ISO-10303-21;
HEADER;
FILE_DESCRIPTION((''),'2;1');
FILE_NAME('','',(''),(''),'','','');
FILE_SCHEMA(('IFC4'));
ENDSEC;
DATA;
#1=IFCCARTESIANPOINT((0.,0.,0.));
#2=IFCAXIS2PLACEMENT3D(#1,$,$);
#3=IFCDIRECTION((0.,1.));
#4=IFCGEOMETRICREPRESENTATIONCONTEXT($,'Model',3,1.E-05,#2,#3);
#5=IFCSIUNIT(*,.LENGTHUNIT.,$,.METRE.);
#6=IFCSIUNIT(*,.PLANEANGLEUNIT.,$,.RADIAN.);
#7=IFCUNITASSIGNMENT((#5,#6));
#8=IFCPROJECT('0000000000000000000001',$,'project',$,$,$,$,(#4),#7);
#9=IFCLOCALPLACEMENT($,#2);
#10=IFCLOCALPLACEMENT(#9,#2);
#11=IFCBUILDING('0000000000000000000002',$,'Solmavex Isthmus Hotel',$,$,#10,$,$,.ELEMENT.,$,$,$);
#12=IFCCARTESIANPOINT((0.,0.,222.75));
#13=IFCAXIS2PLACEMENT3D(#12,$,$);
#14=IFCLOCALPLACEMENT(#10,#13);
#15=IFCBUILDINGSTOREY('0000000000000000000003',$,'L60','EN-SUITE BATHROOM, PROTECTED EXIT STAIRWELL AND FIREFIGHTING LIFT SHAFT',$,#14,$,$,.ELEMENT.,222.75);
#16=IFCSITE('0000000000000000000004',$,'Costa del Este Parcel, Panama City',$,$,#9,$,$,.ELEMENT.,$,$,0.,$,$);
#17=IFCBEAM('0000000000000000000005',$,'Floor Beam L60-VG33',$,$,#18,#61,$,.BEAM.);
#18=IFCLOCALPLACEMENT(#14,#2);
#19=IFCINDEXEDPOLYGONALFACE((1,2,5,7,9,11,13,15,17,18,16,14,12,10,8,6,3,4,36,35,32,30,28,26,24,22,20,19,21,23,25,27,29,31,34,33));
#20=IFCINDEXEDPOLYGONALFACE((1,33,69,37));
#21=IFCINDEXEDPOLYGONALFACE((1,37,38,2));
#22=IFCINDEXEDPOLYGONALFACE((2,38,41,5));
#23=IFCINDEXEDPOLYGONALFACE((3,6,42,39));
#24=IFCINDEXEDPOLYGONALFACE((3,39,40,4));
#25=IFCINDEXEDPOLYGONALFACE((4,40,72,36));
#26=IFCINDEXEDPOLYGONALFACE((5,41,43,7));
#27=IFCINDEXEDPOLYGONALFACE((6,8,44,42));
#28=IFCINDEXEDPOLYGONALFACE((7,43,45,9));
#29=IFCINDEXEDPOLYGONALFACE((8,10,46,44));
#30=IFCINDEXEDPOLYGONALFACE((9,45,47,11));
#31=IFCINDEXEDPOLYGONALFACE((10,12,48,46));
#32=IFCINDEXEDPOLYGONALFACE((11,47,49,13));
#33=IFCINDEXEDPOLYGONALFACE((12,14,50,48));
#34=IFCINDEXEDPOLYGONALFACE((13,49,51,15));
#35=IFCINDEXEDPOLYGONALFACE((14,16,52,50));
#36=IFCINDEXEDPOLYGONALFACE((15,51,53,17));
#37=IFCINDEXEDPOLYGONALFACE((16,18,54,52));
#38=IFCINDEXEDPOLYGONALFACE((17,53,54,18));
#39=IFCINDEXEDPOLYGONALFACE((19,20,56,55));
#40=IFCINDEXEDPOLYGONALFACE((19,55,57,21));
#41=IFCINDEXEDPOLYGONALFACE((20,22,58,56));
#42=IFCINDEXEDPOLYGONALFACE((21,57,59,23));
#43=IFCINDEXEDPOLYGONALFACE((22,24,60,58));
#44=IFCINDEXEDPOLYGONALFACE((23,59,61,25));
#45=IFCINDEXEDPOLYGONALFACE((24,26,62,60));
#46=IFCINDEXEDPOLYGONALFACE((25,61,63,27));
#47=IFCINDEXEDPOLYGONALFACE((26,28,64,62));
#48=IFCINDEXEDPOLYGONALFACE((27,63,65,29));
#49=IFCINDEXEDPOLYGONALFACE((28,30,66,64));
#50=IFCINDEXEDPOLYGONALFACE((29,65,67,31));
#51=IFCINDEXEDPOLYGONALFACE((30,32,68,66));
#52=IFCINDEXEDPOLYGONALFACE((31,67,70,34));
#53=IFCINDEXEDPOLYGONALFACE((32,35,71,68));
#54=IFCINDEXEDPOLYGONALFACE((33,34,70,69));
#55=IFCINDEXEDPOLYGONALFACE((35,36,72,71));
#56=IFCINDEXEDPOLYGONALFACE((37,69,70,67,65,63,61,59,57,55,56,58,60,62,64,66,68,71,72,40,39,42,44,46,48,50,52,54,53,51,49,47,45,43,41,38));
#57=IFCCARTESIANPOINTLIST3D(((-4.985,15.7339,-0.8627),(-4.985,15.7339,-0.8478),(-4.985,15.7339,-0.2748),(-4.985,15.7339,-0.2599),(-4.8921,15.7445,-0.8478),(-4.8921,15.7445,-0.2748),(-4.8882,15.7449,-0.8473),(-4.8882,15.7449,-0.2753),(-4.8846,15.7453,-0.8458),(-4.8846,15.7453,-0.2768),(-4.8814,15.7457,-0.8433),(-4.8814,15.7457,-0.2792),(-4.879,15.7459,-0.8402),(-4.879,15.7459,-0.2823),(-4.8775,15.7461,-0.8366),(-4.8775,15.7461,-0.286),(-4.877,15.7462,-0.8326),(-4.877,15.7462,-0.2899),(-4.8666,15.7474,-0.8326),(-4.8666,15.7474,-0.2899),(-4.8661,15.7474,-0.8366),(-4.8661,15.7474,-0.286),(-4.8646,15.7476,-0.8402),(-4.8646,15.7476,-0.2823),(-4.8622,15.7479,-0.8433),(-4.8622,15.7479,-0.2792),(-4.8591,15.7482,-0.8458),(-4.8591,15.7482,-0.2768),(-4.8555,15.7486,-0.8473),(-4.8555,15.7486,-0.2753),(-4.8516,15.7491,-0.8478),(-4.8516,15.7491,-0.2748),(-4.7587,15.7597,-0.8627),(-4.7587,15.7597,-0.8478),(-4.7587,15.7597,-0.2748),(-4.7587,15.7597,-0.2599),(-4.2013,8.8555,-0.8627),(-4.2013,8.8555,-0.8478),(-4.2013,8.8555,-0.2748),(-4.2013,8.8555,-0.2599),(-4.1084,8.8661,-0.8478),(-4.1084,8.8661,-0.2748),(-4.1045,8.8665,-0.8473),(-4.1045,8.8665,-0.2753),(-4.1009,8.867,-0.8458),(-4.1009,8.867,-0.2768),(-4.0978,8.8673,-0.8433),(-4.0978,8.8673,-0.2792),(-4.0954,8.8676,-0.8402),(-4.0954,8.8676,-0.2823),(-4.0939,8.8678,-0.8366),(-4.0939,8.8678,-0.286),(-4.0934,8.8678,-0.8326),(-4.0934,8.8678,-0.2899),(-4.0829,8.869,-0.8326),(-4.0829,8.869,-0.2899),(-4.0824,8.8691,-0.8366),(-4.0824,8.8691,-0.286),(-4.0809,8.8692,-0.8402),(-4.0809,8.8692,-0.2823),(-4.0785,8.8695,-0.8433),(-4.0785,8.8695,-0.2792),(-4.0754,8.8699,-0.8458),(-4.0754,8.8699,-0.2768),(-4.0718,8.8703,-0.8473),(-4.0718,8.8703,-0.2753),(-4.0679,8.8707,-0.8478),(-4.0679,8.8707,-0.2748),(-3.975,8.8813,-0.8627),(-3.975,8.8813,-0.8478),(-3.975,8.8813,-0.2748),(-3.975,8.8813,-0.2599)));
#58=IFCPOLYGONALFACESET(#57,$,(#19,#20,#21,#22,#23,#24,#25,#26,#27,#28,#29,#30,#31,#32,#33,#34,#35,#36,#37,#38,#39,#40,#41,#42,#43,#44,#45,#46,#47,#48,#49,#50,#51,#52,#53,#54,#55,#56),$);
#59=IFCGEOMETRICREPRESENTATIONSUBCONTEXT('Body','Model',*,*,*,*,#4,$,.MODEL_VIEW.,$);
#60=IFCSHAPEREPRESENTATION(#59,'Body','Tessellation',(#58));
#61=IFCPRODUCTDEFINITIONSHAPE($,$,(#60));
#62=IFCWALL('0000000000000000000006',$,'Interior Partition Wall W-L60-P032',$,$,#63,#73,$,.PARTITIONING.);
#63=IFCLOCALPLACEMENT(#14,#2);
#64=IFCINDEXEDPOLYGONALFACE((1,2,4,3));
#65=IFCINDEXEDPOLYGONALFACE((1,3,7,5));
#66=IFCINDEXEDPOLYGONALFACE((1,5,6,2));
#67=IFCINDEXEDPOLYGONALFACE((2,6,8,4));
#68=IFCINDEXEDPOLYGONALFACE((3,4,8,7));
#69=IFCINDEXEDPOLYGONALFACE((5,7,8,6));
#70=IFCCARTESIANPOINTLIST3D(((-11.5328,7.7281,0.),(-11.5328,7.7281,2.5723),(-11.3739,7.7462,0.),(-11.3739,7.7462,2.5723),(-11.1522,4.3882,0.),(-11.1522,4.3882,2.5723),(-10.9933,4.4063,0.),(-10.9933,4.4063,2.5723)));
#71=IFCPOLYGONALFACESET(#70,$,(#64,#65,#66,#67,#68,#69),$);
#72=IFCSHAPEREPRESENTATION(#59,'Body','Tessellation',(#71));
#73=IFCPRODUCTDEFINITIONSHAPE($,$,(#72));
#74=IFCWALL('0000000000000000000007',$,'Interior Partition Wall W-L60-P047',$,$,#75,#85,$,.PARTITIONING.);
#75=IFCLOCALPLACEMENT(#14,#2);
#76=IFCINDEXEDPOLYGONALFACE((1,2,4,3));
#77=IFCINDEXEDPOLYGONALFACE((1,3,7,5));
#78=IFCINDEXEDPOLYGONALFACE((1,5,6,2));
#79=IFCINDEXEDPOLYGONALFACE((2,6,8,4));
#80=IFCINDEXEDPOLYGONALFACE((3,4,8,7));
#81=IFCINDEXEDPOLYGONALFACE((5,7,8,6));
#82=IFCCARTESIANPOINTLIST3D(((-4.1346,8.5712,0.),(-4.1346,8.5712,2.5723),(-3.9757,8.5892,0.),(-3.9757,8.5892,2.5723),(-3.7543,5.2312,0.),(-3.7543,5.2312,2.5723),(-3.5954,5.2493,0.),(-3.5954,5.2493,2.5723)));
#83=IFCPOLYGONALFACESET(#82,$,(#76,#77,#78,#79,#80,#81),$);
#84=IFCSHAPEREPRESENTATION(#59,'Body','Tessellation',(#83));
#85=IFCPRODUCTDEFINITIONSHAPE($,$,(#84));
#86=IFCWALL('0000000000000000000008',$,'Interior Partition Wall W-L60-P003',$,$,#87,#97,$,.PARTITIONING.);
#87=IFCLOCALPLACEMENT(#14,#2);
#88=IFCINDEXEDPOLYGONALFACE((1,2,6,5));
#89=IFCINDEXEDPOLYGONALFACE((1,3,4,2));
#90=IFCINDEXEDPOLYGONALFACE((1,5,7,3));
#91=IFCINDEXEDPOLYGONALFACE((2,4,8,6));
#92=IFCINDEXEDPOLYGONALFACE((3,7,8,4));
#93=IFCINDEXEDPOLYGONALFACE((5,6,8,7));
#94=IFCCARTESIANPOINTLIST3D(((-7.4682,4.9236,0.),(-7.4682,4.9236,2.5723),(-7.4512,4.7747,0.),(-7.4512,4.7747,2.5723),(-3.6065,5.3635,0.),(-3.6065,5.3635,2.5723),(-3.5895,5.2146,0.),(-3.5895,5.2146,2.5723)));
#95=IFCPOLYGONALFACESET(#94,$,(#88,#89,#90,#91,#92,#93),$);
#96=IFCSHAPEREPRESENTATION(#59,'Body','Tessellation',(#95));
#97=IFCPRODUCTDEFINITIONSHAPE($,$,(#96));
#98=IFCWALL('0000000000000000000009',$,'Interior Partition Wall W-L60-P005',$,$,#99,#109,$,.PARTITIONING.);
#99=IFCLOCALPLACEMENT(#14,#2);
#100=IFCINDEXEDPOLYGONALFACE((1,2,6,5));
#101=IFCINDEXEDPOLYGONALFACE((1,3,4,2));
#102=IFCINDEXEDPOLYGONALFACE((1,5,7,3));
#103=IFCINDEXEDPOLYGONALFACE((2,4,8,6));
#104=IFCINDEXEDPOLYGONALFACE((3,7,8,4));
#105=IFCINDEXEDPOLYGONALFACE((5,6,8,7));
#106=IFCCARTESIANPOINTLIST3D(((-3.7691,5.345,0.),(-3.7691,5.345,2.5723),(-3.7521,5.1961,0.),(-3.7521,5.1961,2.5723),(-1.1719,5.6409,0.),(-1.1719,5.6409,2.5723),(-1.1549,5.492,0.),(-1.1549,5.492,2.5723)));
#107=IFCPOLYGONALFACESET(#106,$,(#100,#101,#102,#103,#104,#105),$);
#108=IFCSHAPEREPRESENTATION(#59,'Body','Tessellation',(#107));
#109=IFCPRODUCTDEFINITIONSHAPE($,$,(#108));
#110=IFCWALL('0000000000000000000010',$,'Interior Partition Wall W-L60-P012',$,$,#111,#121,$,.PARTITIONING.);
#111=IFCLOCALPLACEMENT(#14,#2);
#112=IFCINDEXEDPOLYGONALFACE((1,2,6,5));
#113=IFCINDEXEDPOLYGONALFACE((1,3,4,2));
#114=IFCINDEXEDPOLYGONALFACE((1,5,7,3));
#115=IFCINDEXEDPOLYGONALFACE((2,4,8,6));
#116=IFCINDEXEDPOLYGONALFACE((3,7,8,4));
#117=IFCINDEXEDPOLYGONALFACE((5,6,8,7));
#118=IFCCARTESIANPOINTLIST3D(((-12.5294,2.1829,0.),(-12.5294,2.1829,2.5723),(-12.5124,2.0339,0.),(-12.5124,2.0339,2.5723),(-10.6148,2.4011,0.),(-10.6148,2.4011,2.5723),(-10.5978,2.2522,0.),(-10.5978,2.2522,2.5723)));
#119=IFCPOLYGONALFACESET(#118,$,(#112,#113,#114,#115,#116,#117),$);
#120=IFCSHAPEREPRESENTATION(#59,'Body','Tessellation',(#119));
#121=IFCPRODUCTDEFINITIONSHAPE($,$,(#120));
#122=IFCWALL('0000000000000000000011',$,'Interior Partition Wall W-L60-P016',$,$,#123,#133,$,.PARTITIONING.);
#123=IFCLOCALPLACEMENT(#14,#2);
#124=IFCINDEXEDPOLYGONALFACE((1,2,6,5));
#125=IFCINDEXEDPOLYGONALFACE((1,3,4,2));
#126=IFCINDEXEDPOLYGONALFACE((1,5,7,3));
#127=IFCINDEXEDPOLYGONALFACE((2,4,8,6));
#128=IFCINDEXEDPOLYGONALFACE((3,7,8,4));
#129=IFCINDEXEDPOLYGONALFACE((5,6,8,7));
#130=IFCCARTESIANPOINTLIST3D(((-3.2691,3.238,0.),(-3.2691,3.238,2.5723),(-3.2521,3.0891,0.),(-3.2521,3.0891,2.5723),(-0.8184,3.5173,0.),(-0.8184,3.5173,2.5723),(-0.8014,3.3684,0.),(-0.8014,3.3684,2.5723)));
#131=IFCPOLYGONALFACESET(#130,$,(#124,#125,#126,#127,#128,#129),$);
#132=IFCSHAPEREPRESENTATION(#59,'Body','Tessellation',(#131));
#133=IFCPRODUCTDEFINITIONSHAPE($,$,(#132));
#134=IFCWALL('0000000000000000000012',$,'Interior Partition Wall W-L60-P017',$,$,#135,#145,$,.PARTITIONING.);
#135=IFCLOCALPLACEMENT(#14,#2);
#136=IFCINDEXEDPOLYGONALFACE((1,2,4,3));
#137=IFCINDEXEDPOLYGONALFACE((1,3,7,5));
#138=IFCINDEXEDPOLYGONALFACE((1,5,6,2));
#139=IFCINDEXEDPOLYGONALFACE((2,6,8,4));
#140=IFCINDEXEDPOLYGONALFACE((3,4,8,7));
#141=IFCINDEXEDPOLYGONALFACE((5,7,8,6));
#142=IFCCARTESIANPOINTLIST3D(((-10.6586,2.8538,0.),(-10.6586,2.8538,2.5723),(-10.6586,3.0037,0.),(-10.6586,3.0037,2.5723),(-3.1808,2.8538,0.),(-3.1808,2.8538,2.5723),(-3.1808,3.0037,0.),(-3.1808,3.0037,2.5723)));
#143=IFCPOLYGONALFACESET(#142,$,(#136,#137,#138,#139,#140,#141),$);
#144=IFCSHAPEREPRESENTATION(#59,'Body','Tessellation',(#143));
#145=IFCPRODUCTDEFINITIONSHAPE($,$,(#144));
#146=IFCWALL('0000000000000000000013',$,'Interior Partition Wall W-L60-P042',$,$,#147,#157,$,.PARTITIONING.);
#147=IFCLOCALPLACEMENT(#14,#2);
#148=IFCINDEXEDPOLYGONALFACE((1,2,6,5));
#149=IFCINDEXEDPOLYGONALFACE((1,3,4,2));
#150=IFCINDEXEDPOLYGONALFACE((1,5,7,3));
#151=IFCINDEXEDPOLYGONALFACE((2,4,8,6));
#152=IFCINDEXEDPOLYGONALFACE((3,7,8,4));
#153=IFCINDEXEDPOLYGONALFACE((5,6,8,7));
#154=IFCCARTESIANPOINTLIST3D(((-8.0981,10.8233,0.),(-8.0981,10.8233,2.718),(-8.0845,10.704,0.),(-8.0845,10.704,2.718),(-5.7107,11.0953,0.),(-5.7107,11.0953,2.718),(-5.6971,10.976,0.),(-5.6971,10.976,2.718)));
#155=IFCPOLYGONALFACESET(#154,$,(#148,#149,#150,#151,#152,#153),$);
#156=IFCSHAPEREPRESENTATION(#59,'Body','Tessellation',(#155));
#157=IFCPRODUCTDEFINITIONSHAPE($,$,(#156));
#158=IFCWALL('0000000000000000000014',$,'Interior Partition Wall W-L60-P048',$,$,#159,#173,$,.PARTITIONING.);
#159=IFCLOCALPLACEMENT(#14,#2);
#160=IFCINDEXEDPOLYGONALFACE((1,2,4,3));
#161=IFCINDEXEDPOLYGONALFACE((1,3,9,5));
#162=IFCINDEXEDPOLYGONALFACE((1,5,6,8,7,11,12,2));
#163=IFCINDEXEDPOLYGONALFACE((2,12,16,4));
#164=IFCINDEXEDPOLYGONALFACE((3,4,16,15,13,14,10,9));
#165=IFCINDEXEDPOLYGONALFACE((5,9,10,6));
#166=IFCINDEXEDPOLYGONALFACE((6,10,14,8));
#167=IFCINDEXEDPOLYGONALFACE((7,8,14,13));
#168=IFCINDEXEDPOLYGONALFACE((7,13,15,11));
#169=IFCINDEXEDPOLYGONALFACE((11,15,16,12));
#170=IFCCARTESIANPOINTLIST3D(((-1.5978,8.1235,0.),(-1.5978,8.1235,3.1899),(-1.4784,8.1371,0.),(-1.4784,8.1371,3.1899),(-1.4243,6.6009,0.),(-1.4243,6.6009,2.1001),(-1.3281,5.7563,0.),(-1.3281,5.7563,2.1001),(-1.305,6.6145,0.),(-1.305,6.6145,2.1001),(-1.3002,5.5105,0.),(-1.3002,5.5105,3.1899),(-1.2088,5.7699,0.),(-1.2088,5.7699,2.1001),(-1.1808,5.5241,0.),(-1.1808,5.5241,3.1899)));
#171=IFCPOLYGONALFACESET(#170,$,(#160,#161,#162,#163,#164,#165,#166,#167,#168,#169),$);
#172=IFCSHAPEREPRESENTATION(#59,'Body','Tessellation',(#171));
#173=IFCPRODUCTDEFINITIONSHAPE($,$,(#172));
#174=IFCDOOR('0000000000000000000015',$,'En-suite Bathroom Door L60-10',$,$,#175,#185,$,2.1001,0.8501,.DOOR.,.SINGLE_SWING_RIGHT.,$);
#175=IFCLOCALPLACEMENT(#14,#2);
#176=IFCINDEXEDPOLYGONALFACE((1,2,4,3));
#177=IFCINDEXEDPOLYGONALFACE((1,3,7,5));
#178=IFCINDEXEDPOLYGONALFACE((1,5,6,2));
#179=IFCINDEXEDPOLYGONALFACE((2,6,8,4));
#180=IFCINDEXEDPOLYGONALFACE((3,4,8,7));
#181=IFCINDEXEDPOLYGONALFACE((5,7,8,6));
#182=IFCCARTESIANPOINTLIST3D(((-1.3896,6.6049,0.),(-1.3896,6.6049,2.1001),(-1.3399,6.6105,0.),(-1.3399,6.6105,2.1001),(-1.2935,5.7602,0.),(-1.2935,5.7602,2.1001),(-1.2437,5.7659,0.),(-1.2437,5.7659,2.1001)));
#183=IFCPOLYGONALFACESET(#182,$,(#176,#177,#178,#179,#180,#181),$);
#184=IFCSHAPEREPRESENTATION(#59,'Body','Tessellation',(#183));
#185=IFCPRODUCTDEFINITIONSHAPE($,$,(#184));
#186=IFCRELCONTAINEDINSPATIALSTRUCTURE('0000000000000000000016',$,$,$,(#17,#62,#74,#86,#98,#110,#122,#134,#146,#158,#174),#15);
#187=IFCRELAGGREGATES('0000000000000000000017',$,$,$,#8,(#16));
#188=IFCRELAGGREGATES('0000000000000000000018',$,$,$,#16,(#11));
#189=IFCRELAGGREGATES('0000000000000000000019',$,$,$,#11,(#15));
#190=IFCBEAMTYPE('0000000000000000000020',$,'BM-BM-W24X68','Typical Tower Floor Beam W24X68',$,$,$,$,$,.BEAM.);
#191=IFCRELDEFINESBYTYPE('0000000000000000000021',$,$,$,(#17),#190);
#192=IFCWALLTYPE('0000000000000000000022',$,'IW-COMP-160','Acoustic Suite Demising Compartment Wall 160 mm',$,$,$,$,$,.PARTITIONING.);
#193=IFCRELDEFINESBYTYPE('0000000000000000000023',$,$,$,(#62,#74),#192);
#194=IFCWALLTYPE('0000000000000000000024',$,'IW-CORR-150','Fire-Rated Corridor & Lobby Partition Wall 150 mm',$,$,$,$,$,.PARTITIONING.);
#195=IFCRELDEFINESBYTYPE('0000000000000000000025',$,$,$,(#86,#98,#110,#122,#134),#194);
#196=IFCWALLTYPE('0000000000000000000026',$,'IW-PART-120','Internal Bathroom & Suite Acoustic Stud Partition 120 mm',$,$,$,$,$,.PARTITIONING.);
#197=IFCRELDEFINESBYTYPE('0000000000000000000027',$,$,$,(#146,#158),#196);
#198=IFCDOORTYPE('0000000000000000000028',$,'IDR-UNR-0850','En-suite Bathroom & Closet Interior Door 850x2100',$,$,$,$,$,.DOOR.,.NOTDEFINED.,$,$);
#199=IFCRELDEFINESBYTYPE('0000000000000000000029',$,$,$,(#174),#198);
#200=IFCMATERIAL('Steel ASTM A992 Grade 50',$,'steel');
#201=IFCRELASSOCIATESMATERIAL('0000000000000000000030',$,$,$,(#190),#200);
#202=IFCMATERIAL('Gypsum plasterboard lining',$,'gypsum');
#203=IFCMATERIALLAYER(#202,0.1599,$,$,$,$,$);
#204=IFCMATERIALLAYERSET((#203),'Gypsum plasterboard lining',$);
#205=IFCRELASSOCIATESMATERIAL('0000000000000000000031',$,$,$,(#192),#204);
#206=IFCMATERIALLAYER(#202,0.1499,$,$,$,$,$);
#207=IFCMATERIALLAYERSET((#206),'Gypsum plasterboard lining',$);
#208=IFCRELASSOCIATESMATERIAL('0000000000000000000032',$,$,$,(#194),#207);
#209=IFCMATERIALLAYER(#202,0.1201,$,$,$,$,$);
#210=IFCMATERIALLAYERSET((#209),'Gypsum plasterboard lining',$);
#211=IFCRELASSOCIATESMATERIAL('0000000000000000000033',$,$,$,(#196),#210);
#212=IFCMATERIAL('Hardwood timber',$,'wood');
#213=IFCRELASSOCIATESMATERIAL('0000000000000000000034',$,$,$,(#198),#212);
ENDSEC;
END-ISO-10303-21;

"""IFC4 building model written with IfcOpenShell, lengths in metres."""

from ifc_helpers import new_model, si_unit, direction, frame, frame_2d, origin, origin_2d, place, context, subcontext, project, spatial, rectangle, i_section, extrude, material, layer, layer_set, material_profile, profile_set, type_object, element, fill, save


model = new_model("IFC4")

# Units and contexts
model_context = context("Model", 3, precision=1e-05, world=origin(), true_north=direction((0.0, 1.0)))
body_context = subcontext(model_context, "Body", "Model", "MODEL_VIEW")
ifc_project = project(units=[si_unit("LENGTHUNIT", "METRE"), si_unit("PLANEANGLEUNIT", "RADIAN")], contexts=[model_context])

# Site, building, storey
site_placement = place(None, origin())
site = spatial("IfcSite", under=ifc_project, at=site_placement, Name="Costa del Este Parcel, Panama City", CompositionType="ELEMENT", RefElevation=0.0)
building_placement = place(site_placement, origin())
building = spatial("IfcBuilding", under=site, at=building_placement, Name="Solmavex Isthmus Hotel", CompositionType="ELEMENT")
storey_placement = place(building_placement, frame((0.0, 0.0, 222.75)))
storey = spatial("IfcBuildingStorey", under=building, at=storey_placement, Name="L60", Description="EN-SUITE BATHROOM, PROTECTED EXIT STAIRWELL AND FIREFIGHTING LIFT SHAFT", CompositionType="ELEMENT", Elevation=222.75)

# Beam
ifc_material_1 = material(Name="Steel ASTM A992 Grade 50", Category="steel")
ifc_material_profile_1 = material_profile(ifc_material_1, i_section(OverallWidth=0.2278, OverallDepth=0.6028, WebThickness=0.0105, FlangeThickness=0.0149, FilletRadius=0.0151, at=origin_2d()), Name="W24X68")
ifc_profile_set_1 = profile_set([ifc_material_profile_1], Name="Steel ASTM A992 Grade 50")
beam_type_1 = type_object("IfcBeamType", Name="BM-BM-W24X68", Description="Typical Tower Floor Beam W24X68", PredefinedType="BEAM", material=ifc_profile_set_1)
beam_1_placement = place(storey_placement, frame((-4.0881, 8.8684, -0.5613), z_axis=(-0.113202, 0.993572, 0.0), x_axis=(-0.993572, -0.113202, 0.0)))
element("IfcBeam", 1, at=beam_1_placement, inside=storey, type_object=beam_type_1, Name="Floor Beam L60-VG33", PredefinedType="BEAM", context=body_context, shape_type="SweptSolid", body=[
    extrude(i_section(OverallWidth=0.2278, OverallDepth=0.6028, WebThickness=0.0105, FlangeThickness=0.0149, FilletRadius=0.0151, at=origin_2d()), origin(), (0.0, 0.0, 1.0), 6.9229),
])

# Walls
ifc_material_2 = material(Name="Gypsum plasterboard lining", Category="gypsum")
ifc_layer_1 = layer(ifc_material_2, 0.1599)
ifc_layer_set_1 = layer_set([ifc_layer_1], Name="Gypsum plasterboard lining")
wall_type_1 = type_object("IfcWallType", Name="IW-COMP-160", Description="Acoustic Suite Demising Compartment Wall 160 mm", PredefinedType="PARTITIONING", material=ifc_layer_set_1)
for number, where, z_axis, x_axis, name in (
    (2, (-11.4534, 7.7371, 0.0), (0.0, 0.0, 1.0), (0.113229, -0.993569, 0.0), "Interior Partition Wall W-L60-P032"),
    (3, (-4.0552, 8.5801, 0.0), (0.0, 0.0, 1.0), (0.113149, -0.993578, 0.0), "Interior Partition Wall W-L60-P047"),
):
    element("IfcWall", number, at=place(storey_placement, frame(where, z_axis=z_axis, x_axis=x_axis)), inside=storey, type_object=wall_type_1, Name=name, PredefinedType="PARTITIONING", context=body_context, shape_type="SweptSolid", body=[
        extrude(rectangle(XDim=3.3616, YDim=0.1599, at=frame_2d((1.6807, 0.0))), origin(), (0.0, 0.0, 1.0), 2.5723),
    ])

# Shared definitions
ifc_layer_2 = layer(ifc_material_2, 0.1499)
ifc_layer_set_2 = layer_set([ifc_layer_2], Name="Gypsum plasterboard lining")
wall_type_2 = type_object("IfcWallType", Name="IW-CORR-150", Description="Fire-Rated Corridor & Lobby Partition Wall 150 mm", PredefinedType="PARTITIONING", material=ifc_layer_set_2)
ifc_material_3 = material(Name="Hardwood timber", Category="wood")

# Wall
wall_1_placement = place(storey_placement, frame((-7.4597, 4.8491, 0.0), z_axis=(0.0, 0.0, 1.0), x_axis=(0.993574, 0.113189, 0.0)))
element("IfcWall", 4, at=wall_1_placement, inside=storey, type_object=wall_type_2, Name="Interior Partition Wall W-L60-P003", PredefinedType="PARTITIONING", context=body_context, shape_type="SweptSolid", body=[
    extrude(rectangle(XDim=3.8867, YDim=0.1499, at=frame_2d((1.9434, 0.0))), origin(), (0.0, 0.0, 1.0), 2.5723),
])

# Walls
wall_2_placement = place(storey_placement, frame((-3.7607, 5.2705, 0.0), z_axis=(0.0, 0.0, 1.0), x_axis=(0.993572, 0.113199, 0.0)))
element("IfcWall", 5, at=wall_2_placement, inside=storey, type_object=wall_type_2, Name="Interior Partition Wall W-L60-P005", PredefinedType="PARTITIONING", context=body_context, shape_type="SweptSolid", body=[
    extrude(rectangle(XDim=2.614, YDim=0.1499, at=frame_2d((1.3071, 0.0))), origin(), (0.0, 0.0, 1.0), 2.5723),
])
wall_3_placement = place(storey_placement, frame((-10.6064, 2.3267, 0.0), z_axis=(0.0, 0.0, 1.0), x_axis=(-0.993564, -0.113268, 0.0)))
element("IfcWall", 6, at=wall_3_placement, inside=storey, type_object=wall_type_2, Name="Interior Partition Wall W-L60-P012", PredefinedType="PARTITIONING", context=body_context, shape_type="SweptSolid", body=[
    extrude(rectangle(XDim=1.927, YDim=0.1499, at=frame_2d((0.9634, 0.0))), origin(), (0.0, 0.0, 1.0), 2.5723),
])
wall_4_placement = place(storey_placement, frame((-0.8098, 3.4429, 0.0), z_axis=(0.0, 0.0, 1.0), x_axis=(-0.993568, -0.113234, 0.0)))
element("IfcWall", 7, at=wall_4_placement, inside=storey, type_object=wall_type_2, Name="Interior Partition Wall W-L60-P016", PredefinedType="PARTITIONING", context=body_context, shape_type="SweptSolid", body=[
    extrude(rectangle(XDim=2.4666, YDim=0.1499, at=frame_2d((1.2334, 0.0))), origin(), (0.0, 0.0, 1.0), 2.5723),
])
wall_5_placement = place(storey_placement, frame((-3.1809, 2.9287, 0.0), z_axis=(0.0, 0.0, 1.0), x_axis=(-1.0, 0.0, 0.0)))
element("IfcWall", 8, at=wall_5_placement, inside=storey, type_object=wall_type_2, Name="Interior Partition Wall W-L60-P017", PredefinedType="PARTITIONING", context=body_context, shape_type="SweptSolid", body=[
    extrude(rectangle(XDim=7.4778, YDim=0.1499, at=frame_2d((3.7388, 0.0))), origin(), (0.0, 0.0, 1.0), 2.5723),
])
ifc_layer_3 = layer(ifc_material_2, 0.1201)
ifc_layer_set_3 = layer_set([ifc_layer_3], Name="Gypsum plasterboard lining")
wall_type_3 = type_object("IfcWallType", Name="IW-PART-120", Description="Internal Bathroom & Suite Acoustic Stud Partition 120 mm", PredefinedType="PARTITIONING", material=ifc_layer_set_3)
wall_6_placement = place(storey_placement, frame((-8.0913, 10.7637, 0.0), z_axis=(0.0, 0.0, 1.0), x_axis=(0.993574, 0.113186, 0.0)))
element("IfcWall", 9, at=wall_6_placement, inside=storey, type_object=wall_type_3, Name="Interior Partition Wall W-L60-P042", PredefinedType="PARTITIONING", context=body_context, shape_type="SweptSolid", body=[
    extrude(rectangle(XDim=2.4028, YDim=0.1201, at=frame_2d((1.2014, 0.0))), origin(), (0.0, 0.0, 1.0), 2.718),
])

# Wall, opening, door
wall_7_placement = place(storey_placement, frame((-1.2405, 5.5173, 0.0), z_axis=(0.0, 0.0, 1.0), x_axis=(-0.113162, 0.993577, 0.0)))
wall_7 = element("IfcWall", 10, at=wall_7_placement, inside=storey, type_object=wall_type_3, Name="Interior Partition Wall W-L60-P048", PredefinedType="PARTITIONING", context=body_context, shape_type="SweptSolid", body=[
    extrude(rectangle(XDim=2.6299, YDim=0.1201, at=frame_2d((1.3149, 0.0))), origin(), (0.0, 0.0, 1.0), 3.1899),
])
opening_1_placement = place(wall_7_placement, frame((0.2473, 0.0, 0.0)))
opening_1 = element("IfcOpeningElement", 11, at=opening_1_placement, cuts=wall_7, PredefinedType="OPENING", context=body_context, shape_type="SweptSolid", body=[
    extrude(rectangle(XDim=0.8501, YDim=2.1001, at=frame_2d((0.425, 1.05))), frame((0.0, 0.0701, 0.0), z_axis=(0.0, -1.0, 0.0), x_axis=(1.0, 0.0, 0.0)), (0.0, 0.0, 1.0), 0.1401),
])
door_type_1 = type_object("IfcDoorType", Name="IDR-UNR-0850", Description="En-suite Bathroom & Closet Interior Door 850x2100", OperationType="NOTDEFINED", PredefinedType="DOOR", material=ifc_material_3)
door_1_placement = place(opening_1_placement, frame((0.8501, 0.0, 0.0), z_axis=(0.0, 0.0, 1.0), x_axis=(-1.0, 0.0, 0.0)))
door_1 = element("IfcDoor", 12, at=door_1_placement, inside=storey, type_object=door_type_1, Name="En-suite Bathroom Door L60-10", OperationType="SINGLE_SWING_RIGHT", OverallHeight=2.1001, OverallWidth=0.8501, PredefinedType="DOOR", context=body_context, shape_type="SweptSolid", body=[
    extrude(rectangle(XDim=0.8501, YDim=2.1001, at=frame_2d((0.425, 1.05))), frame((0.0, 0.0249, 0.0), z_axis=(0.0, -1.0, 0.0), x_axis=(1.0, 0.0, 0.0)), (0.0, 0.0, 1.0), 0.05),
])
fill(opening_1, door_1)

save(model, "model.ifc")
